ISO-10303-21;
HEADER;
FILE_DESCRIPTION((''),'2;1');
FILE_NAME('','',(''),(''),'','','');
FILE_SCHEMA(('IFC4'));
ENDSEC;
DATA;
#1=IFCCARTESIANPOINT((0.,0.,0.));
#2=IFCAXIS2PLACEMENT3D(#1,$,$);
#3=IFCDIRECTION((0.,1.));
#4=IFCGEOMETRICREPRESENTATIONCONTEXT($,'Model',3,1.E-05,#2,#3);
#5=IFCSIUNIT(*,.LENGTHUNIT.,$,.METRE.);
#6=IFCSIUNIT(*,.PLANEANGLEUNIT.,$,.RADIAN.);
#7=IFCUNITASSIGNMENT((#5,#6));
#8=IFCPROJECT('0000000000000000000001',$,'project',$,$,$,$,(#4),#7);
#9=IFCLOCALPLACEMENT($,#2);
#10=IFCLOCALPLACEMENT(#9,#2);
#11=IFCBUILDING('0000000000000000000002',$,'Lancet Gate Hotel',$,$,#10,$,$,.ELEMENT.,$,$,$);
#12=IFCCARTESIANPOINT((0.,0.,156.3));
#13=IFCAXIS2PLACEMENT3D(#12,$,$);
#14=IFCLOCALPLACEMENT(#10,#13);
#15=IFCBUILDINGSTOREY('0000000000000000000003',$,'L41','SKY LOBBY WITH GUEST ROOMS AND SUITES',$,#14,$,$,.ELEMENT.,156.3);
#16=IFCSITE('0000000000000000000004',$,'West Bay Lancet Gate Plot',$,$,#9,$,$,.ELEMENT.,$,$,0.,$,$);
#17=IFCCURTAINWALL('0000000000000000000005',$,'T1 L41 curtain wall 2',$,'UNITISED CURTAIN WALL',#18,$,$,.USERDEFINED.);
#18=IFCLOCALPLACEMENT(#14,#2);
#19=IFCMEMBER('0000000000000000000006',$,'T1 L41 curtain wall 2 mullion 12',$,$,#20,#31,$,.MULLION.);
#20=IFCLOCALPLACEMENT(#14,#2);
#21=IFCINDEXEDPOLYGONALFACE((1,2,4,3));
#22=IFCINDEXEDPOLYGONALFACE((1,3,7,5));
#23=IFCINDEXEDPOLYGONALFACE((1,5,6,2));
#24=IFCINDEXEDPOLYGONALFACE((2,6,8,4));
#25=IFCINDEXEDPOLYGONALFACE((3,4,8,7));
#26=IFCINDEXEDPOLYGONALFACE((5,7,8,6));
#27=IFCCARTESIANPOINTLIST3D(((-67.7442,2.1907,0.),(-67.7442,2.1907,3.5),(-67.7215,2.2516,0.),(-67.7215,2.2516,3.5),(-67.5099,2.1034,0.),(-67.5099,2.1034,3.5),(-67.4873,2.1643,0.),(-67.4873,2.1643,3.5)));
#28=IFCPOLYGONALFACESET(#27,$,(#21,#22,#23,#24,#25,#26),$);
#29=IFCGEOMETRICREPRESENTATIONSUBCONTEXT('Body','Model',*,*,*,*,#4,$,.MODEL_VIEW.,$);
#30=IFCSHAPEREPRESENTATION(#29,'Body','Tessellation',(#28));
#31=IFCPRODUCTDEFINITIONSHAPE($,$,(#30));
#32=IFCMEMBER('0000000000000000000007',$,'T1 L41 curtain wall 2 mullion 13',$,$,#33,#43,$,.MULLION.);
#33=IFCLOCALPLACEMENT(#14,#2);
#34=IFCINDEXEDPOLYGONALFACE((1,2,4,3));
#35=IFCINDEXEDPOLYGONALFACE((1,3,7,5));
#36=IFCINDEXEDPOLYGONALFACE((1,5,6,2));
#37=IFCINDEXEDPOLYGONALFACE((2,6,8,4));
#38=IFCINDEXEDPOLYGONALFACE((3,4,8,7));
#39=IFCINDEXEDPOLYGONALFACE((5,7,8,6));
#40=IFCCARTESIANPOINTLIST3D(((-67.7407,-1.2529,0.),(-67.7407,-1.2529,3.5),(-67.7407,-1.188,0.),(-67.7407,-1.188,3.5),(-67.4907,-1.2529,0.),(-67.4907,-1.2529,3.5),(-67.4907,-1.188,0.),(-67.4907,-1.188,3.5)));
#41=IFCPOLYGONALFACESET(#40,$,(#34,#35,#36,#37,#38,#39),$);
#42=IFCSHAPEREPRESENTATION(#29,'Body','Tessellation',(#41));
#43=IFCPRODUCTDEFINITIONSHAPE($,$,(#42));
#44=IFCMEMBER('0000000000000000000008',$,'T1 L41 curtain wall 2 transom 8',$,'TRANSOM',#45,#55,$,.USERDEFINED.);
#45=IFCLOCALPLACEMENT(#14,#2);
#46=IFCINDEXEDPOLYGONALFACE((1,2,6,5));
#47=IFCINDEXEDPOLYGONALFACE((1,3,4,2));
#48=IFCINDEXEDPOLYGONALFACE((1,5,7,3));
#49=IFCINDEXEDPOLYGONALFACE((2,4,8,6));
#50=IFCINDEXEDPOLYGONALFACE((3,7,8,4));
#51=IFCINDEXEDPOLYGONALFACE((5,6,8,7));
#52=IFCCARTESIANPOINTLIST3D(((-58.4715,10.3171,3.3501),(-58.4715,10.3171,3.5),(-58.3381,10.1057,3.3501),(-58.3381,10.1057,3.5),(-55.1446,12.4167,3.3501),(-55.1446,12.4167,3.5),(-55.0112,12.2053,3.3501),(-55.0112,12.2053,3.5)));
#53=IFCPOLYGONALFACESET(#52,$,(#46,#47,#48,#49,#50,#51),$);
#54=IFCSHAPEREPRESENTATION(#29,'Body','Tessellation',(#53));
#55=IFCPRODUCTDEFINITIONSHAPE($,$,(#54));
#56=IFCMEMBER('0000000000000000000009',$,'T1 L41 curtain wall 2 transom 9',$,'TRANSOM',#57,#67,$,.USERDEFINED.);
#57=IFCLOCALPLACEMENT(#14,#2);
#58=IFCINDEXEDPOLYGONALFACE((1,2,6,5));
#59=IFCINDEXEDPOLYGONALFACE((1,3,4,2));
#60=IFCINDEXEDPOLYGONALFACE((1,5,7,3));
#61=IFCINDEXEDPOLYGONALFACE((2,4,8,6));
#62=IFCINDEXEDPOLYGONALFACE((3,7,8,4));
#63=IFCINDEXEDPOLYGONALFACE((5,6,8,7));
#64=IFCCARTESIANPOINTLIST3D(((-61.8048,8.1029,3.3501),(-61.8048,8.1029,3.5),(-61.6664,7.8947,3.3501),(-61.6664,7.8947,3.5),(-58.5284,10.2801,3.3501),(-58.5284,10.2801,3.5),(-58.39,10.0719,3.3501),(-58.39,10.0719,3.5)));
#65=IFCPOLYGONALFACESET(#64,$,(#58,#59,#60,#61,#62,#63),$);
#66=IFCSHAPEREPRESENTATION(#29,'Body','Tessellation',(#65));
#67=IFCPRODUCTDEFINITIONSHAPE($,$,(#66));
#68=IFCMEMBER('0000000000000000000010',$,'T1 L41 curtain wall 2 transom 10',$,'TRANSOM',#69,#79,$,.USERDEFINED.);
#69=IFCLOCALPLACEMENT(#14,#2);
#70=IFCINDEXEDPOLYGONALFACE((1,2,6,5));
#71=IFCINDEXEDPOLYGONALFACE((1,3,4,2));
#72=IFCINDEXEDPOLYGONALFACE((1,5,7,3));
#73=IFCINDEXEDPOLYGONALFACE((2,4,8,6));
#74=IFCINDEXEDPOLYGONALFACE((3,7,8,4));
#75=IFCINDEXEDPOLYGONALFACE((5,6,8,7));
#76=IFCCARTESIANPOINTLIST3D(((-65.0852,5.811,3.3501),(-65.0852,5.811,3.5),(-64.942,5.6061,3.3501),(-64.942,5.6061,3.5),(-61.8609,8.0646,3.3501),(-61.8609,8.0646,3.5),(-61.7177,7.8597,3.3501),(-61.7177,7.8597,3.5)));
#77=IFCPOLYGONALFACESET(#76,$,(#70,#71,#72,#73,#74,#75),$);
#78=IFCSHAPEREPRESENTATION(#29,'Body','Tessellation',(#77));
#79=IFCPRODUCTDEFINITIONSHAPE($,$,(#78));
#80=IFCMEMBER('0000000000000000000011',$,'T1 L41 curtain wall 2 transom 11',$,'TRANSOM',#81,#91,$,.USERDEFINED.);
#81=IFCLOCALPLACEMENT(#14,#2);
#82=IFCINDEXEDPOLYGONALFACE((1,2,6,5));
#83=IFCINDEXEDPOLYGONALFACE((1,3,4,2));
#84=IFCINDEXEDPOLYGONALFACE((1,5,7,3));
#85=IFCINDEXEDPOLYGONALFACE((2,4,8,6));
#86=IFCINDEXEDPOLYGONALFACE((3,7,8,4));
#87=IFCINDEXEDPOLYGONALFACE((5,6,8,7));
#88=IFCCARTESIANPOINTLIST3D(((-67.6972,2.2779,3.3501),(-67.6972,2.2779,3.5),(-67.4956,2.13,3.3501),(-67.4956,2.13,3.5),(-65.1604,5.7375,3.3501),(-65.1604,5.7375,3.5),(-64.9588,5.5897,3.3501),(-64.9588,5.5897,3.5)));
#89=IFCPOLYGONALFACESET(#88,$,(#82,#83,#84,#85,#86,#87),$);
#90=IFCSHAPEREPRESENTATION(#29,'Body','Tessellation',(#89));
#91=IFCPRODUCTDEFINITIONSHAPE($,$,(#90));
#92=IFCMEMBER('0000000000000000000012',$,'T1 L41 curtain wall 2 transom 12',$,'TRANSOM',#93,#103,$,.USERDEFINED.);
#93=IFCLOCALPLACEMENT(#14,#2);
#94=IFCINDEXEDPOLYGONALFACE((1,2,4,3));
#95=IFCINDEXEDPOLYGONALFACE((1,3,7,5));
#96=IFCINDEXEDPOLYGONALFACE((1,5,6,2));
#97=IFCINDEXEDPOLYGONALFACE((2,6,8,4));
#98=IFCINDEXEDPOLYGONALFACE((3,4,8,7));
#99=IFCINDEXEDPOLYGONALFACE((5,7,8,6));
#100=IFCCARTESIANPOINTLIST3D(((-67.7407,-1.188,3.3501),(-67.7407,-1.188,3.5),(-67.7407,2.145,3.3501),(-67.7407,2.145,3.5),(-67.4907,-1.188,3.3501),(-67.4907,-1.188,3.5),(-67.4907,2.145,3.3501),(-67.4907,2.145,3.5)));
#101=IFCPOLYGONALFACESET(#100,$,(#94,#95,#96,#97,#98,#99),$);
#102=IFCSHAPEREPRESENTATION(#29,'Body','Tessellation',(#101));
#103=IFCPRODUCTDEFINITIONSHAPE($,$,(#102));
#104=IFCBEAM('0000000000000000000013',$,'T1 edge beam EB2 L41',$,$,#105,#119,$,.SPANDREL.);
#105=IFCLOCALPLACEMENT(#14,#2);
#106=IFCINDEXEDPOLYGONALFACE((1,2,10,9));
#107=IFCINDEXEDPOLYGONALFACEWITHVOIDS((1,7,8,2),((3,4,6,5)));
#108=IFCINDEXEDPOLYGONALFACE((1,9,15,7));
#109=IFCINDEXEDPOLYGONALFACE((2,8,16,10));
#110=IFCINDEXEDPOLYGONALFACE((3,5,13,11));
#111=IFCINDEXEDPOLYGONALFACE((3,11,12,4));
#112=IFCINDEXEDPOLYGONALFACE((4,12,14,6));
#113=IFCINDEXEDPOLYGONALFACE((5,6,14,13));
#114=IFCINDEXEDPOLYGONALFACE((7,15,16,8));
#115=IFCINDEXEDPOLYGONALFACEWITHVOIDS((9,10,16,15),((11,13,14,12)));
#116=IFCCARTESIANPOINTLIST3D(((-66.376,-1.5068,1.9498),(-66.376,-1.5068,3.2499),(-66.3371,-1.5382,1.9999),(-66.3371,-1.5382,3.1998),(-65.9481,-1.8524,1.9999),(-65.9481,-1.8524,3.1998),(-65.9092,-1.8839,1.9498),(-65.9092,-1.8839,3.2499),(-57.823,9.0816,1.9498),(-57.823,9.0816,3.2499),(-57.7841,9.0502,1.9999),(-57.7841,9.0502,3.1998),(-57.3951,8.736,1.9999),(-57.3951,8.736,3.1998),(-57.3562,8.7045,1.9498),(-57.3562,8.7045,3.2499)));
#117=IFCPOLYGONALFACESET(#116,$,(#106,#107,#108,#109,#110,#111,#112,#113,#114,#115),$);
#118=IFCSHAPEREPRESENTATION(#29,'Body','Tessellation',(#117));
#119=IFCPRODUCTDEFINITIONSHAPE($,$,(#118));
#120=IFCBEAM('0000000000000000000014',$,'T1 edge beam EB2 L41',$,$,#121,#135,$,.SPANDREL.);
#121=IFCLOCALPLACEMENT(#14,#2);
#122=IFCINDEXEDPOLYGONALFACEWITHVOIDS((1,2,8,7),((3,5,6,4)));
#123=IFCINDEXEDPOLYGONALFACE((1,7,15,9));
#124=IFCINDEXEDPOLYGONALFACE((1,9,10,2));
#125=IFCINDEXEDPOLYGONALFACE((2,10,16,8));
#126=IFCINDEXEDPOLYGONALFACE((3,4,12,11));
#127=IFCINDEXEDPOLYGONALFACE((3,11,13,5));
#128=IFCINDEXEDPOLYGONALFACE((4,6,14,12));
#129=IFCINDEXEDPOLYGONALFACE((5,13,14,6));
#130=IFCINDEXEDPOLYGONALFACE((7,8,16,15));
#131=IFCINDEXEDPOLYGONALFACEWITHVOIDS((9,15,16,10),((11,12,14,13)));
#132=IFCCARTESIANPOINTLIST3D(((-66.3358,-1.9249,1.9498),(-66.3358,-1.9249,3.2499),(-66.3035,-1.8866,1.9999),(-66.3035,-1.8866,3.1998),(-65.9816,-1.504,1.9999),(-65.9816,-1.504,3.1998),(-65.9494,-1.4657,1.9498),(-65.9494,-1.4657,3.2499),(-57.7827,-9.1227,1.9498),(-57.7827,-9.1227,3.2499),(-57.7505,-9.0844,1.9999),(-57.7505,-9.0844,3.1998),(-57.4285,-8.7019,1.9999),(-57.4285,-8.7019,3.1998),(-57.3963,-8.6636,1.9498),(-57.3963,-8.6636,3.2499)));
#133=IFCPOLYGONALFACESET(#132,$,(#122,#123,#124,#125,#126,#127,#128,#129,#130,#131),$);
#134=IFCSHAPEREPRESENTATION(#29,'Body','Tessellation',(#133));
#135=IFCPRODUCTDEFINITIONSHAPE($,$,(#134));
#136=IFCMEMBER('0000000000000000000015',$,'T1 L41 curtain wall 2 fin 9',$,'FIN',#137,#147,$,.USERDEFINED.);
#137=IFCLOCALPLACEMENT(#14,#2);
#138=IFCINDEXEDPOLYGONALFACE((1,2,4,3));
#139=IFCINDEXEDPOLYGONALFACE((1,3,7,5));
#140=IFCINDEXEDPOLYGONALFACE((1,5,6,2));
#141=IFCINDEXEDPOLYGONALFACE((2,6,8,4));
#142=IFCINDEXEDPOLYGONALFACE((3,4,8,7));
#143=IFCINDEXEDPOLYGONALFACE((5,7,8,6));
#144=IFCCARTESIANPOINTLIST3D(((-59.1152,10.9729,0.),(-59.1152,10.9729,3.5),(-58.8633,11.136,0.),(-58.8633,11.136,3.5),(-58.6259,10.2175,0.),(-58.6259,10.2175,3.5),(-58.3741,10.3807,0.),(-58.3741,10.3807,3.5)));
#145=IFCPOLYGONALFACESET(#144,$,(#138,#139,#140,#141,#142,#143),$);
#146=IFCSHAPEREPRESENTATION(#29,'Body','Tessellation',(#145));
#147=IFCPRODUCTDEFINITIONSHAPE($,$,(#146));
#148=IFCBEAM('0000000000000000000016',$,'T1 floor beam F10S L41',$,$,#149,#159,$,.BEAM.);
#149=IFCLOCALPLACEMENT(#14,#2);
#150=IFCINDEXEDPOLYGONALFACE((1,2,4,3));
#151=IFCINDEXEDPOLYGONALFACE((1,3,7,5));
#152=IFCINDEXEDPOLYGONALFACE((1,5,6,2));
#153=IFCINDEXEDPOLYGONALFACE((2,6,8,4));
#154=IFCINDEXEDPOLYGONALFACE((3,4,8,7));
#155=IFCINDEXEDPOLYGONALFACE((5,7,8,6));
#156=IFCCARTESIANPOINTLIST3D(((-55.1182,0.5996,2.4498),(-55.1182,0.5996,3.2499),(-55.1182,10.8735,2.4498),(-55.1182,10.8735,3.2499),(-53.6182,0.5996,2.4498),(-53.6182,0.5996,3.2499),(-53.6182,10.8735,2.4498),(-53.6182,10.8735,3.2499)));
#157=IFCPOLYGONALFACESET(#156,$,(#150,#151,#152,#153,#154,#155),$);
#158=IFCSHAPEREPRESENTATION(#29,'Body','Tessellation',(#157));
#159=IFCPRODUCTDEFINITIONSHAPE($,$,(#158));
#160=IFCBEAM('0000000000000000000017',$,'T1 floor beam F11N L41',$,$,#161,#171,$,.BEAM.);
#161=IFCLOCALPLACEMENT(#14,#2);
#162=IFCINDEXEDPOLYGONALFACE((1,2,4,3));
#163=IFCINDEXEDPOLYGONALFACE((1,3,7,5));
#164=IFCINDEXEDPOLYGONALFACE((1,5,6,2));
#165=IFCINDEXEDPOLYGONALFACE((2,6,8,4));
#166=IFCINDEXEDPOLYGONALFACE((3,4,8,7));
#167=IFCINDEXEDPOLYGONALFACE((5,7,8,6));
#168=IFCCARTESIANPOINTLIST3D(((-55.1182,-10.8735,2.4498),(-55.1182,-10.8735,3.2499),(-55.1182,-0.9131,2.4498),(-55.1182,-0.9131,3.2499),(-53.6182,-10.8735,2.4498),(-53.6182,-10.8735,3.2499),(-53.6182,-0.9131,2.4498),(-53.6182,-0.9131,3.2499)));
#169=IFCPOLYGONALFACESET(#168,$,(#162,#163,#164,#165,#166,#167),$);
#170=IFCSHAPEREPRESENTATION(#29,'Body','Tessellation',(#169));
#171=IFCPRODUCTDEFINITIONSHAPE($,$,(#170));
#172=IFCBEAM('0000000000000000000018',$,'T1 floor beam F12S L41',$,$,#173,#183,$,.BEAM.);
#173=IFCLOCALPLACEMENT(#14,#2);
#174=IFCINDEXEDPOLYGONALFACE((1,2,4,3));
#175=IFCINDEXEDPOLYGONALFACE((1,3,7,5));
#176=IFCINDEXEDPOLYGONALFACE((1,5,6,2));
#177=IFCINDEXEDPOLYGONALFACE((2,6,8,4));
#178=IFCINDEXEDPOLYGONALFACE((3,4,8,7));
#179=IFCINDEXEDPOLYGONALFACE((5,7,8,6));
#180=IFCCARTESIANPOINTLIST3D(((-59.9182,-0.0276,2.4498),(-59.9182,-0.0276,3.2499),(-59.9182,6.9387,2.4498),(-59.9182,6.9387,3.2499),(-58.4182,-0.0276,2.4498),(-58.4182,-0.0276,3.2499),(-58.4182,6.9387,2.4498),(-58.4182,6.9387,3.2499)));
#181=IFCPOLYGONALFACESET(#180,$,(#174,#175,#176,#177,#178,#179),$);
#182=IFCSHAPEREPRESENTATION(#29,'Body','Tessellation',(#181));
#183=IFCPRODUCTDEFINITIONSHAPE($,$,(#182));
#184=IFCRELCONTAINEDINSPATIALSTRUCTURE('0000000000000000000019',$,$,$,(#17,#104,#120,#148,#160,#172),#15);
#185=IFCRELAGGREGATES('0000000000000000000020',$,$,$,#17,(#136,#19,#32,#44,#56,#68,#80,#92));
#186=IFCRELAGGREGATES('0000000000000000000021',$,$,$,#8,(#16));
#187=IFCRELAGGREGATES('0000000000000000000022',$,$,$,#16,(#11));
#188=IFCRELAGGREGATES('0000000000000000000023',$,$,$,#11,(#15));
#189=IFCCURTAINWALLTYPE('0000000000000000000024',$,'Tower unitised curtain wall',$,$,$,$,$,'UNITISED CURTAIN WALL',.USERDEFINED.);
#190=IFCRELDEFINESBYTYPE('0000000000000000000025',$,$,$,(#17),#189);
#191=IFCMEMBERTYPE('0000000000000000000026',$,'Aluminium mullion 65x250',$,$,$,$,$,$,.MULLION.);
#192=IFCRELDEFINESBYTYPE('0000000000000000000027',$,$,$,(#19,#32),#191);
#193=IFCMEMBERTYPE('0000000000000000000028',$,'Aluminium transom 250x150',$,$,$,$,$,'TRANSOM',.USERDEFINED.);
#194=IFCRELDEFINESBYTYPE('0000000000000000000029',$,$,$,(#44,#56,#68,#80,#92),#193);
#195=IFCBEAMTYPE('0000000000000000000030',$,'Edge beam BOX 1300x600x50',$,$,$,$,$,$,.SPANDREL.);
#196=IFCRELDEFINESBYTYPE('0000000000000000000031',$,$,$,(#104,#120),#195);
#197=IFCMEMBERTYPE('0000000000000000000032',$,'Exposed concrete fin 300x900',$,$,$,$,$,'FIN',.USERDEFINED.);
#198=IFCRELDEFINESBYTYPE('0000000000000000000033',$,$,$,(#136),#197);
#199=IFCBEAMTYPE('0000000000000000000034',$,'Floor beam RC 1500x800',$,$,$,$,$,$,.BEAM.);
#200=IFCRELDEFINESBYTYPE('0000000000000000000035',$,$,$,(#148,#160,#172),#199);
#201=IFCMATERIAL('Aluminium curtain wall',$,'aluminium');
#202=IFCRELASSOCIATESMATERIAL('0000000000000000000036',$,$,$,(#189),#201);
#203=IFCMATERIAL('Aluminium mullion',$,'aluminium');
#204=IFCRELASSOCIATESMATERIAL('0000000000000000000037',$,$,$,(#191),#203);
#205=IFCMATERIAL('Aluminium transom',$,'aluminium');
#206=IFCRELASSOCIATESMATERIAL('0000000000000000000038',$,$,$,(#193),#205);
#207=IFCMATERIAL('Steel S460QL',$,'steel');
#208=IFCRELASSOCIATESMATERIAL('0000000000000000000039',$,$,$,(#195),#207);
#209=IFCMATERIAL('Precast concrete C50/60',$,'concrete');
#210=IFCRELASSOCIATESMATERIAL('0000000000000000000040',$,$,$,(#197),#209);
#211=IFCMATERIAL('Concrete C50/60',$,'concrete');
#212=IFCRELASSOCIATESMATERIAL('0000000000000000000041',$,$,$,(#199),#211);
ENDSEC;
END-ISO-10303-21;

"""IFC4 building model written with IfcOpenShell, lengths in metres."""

from ifc_helpers import new_model, si_unit, direction, frame, origin, origin_2d, place, context, subcontext, project, spatial, rectangle, hollow_rectangle, extrude, material, material_profile, profile_set, type_object, element, aggregate, save


model = new_model("IFC4")

# Units and contexts
model_context = context("Model", 3, precision=1e-05, world=origin(), true_north=direction((0.0, 1.0)))
body_context = subcontext(model_context, "Body", "Model", "MODEL_VIEW")
ifc_project = project(units=[si_unit("LENGTHUNIT", "METRE"), si_unit("PLANEANGLEUNIT", "RADIAN")], contexts=[model_context])

# Site, building, storey
site_placement = place(None, origin())
site = spatial("IfcSite", under=ifc_project, at=site_placement, Name="West Bay Lancet Gate Plot", CompositionType="ELEMENT", RefElevation=0.0)
building_placement = place(site_placement, origin())
building = spatial("IfcBuilding", under=site, at=building_placement, Name="Lancet Gate Hotel", CompositionType="ELEMENT")
storey_placement = place(building_placement, frame((0.0, 0.0, 156.3)))
storey = spatial("IfcBuildingStorey", under=building, at=storey_placement, Name="L41", Description="SKY LOBBY WITH GUEST ROOMS AND SUITES", CompositionType="ELEMENT", Elevation=156.3)

# Curtain wall, members
ifc_material_1 = material(Name="Aluminium curtain wall", Category="aluminium")
curtain_wall_type = type_object("IfcCurtainWallType", Name="Tower unitised curtain wall", ElementType="UNITISED CURTAIN WALL", PredefinedType="USERDEFINED", material=ifc_material_1)
curtain_wall_placement = place(storey_placement, origin())
curtain_wall = element("IfcCurtainWall", 1, at=curtain_wall_placement, inside=storey, type_object=curtain_wall_type, Name="T1 L41 curtain wall 2", ObjectType="UNITISED CURTAIN WALL", PredefinedType="USERDEFINED")
ifc_material_2 = material(Name="Aluminium mullion", Category="aluminium")
ifc_material_profile_1 = material_profile(ifc_material_2, rectangle(XDim=0.0649, YDim=0.25, at=origin_2d()), Name="MULLION 65x250")
ifc_profile_set_1 = profile_set([ifc_material_profile_1], Name="Aluminium mullion")
member_type_1 = type_object("IfcMemberType", Name="Aluminium mullion 65x250", PredefinedType="MULLION", material=ifc_profile_set_1)
member_1_placement = place(storey_placement, frame((-67.6157, 2.1775, 0.0), z_axis=(0.0, 0.0, 1.0), x_axis=(-0.349199, -0.937048, 0.0)))
member_1 = element("IfcMember", 2, at=member_1_placement, type_object=member_type_1, Name="T1 L41 curtain wall 2 mullion 12", PredefinedType="MULLION", context=body_context, shape_type="SweptSolid", body=[
    extrude(rectangle(XDim=0.0649, YDim=0.25, at=origin_2d()), origin(), (0.0, 0.0, 1.0), 3.5),
])
member_2_placement = place(storey_placement, frame((-67.6157, -1.2205, 0.0), z_axis=(0.0, 0.0, 1.0), x_axis=(0.0, -1.0, 0.0)))
member_2 = element("IfcMember", 3, at=member_2_placement, type_object=member_type_1, Name="T1 L41 curtain wall 2 mullion 13", PredefinedType="MULLION", context=body_context, shape_type="SweptSolid", body=[
    extrude(rectangle(XDim=0.0649, YDim=0.25, at=origin_2d()), origin(), (0.0, 0.0, 1.0), 3.5),
])
ifc_material_3 = material(Name="Aluminium transom", Category="aluminium")
ifc_material_profile_2 = material_profile(ifc_material_3, rectangle(XDim=0.25, YDim=0.1499, at=origin_2d()), Name="TRANSOM 250x150")
ifc_profile_set_2 = profile_set([ifc_material_profile_2], Name="Aluminium transom")
member_type_2 = type_object("IfcMemberType", Name="Aluminium transom 250x150", ElementType="TRANSOM", PredefinedType="USERDEFINED", material=ifc_profile_set_2)
member_3_placement = place(storey_placement, frame((-55.0779, 12.311, 3.425), z_axis=(-0.845672, -0.533703, 0.0), x_axis=(0.533703, -0.845672, 0.0)))
member_3 = element("IfcMember", 4, at=member_3_placement, type_object=member_type_2, Name="T1 L41 curtain wall 2 transom 8", ObjectType="TRANSOM", PredefinedType="USERDEFINED", context=body_context, shape_type="SweptSolid", body=[
    extrude(rectangle(XDim=0.25, YDim=0.1499, at=origin_2d()), origin(), (0.0, 0.0, 1.0), 3.9341),
])
member_4_placement = place(storey_placement, frame((-58.4592, 10.176, 3.425), z_axis=(-0.832871, -0.553468, 0.0), x_axis=(0.553468, -0.832871, 0.0)))
member_4 = element("IfcMember", 5, at=member_4_placement, type_object=member_type_2, Name="T1 L41 curtain wall 2 transom 9", ObjectType="TRANSOM", PredefinedType="USERDEFINED", context=body_context, shape_type="SweptSolid", body=[
    extrude(rectangle(XDim=0.25, YDim=0.1499, at=origin_2d()), origin(), (0.0, 0.0, 1.0), 3.9338),
])
member_5_placement = place(storey_placement, frame((-61.7893, 7.9622, 3.425), z_axis=(-0.819637, -0.572883, 0.0), x_axis=(0.572883, -0.819637, 0.0)))
member_5 = element("IfcMember", 6, at=member_5_placement, type_object=member_type_2, Name="T1 L41 curtain wall 2 transom 10", ObjectType="TRANSOM", PredefinedType="USERDEFINED", context=body_context, shape_type="SweptSolid", body=[
    extrude(rectangle(XDim=0.25, YDim=0.1499, at=origin_2d()), origin(), (0.0, 0.0, 1.0), 3.9338),
])
member_6_placement = place(storey_placement, frame((-65.0596, 5.6636, 3.425), z_axis=(-0.591324, -0.806434, 0.0), x_axis=(0.806434, -0.591324, 0.0)))
member_6 = element("IfcMember", 7, at=member_6_placement, type_object=member_type_2, Name="T1 L41 curtain wall 2 transom 11", ObjectType="TRANSOM", PredefinedType="USERDEFINED", context=body_context, shape_type="SweptSolid", body=[
    extrude(rectangle(XDim=0.25, YDim=0.1499, at=origin_2d()), origin(), (0.0, 0.0, 1.0), 4.29),
])
member_7_placement = place(storey_placement, frame((-67.6157, 2.145, 3.425), z_axis=(0.0, -1.0, 0.0), x_axis=(1.0, 0.0, 0.0)))
member_7 = element("IfcMember", 8, at=member_7_placement, type_object=member_type_2, Name="T1 L41 curtain wall 2 transom 12", ObjectType="TRANSOM", PredefinedType="USERDEFINED", context=body_context, shape_type="SweptSolid", body=[
    extrude(rectangle(XDim=0.25, YDim=0.1499, at=origin_2d()), origin(), (0.0, 0.0, 1.0), 3.333),
])

# Beams
ifc_material_4 = material(Name="Steel S460QL", Category="steel")
ifc_material_profile_3 = material_profile(ifc_material_4, hollow_rectangle(XDim=0.6001, YDim=1.3, WallThickness=0.05, at=origin_2d()), Name="BOX 1300x600x50")
ifc_profile_set_3 = profile_set([ifc_material_profile_3], Name="Steel S460QL")
beam_type_1 = type_object("IfcBeamType", Name="Edge beam BOX 1300x600x50", PredefinedType="SPANDREL", material=ifc_profile_set_3)
beam_1_placement = place(storey_placement, frame((-57.5896, 8.8931, 2.5999), z_axis=(-0.628374, -0.777912, 0.0), x_axis=(0.777912, -0.628374, 0.0)))
element("IfcBeam", 9, at=beam_1_placement, inside=storey, type_object=beam_type_1, Name="T1 edge beam EB2 L41", PredefinedType="SPANDREL", context=body_context, shape_type="SweptSolid", body=[
    extrude(hollow_rectangle(XDim=0.6001, YDim=1.3, WallThickness=0.05, at=origin_2d()), origin(), (0.0, 0.0, 1.0), 13.6113),
])
beam_2_placement = place(storey_placement, frame((-66.1426, -1.6953, 2.5999), z_axis=(0.765121, -0.643887, 0.0), x_axis=(0.643887, 0.765121, 0.0)))
element("IfcBeam", 10, at=beam_2_placement, inside=storey, type_object=beam_type_1, Name="T1 edge beam EB2 L41", PredefinedType="SPANDREL", context=body_context, shape_type="SweptSolid", body=[
    extrude(hollow_rectangle(XDim=0.6001, YDim=1.3, WallThickness=0.05, at=origin_2d()), origin(), (0.0, 0.0, 1.0), 11.1787),
])

# Member
ifc_material_5 = material(Name="Precast concrete C50/60", Category="concrete")
ifc_material_profile_4 = material_profile(ifc_material_5, rectangle(XDim=0.3, YDim=0.8999, at=origin_2d()), Name="FIN 300x900")
ifc_profile_set_4 = profile_set([ifc_material_profile_4], Name="Precast concrete C50/60")
member_type_3 = type_object("IfcMemberType", Name="Exposed concrete fin 300x900", ElementType="FIN", PredefinedType="USERDEFINED", material=ifc_profile_set_4)
member_8_placement = place(storey_placement, frame((-58.7446, 10.6768, 0.0), z_axis=(0.0, 0.0, 1.0), x_axis=(-0.839331, -0.543621, 0.0)))
member_8 = element("IfcMember", 11, at=member_8_placement, type_object=member_type_3, Name="T1 L41 curtain wall 2 fin 9", ObjectType="FIN", PredefinedType="USERDEFINED", context=body_context, shape_type="SweptSolid", body=[
    extrude(rectangle(XDim=0.3, YDim=0.8999, at=origin_2d()), origin(), (0.0, 0.0, 1.0), 3.5),
])

# Beams
ifc_material_6 = material(Name="Concrete C50/60", Category="concrete")
ifc_material_profile_5 = material_profile(ifc_material_6, rectangle(XDim=1.5, YDim=0.8, at=origin_2d()), Name="RC 1500x800")
ifc_profile_set_5 = profile_set([ifc_material_profile_5], Name="Concrete C50/60")
beam_type_2 = type_object("IfcBeamType", Name="Floor beam RC 1500x800", PredefinedType="BEAM", material=ifc_profile_set_5)
beam_3_placement = place(storey_placement, frame((-54.3682, 10.8735, 2.8499), z_axis=(0.0, -1.0, 0.0), x_axis=(1.0, 0.0, 0.0)))
element("IfcBeam", 12, at=beam_3_placement, inside=storey, type_object=beam_type_2, Name="T1 floor beam F10S L41", PredefinedType="BEAM", context=body_context, shape_type="SweptSolid", body=[
    extrude(rectangle(XDim=1.5, YDim=0.8, at=origin_2d()), origin(), (0.0, 0.0, 1.0), 10.2739),
])
beam_4_placement = place(storey_placement, frame((-54.3682, -0.9131, 2.8499), z_axis=(0.0, -1.0, 0.0), x_axis=(1.0, 0.0, 0.0)))
element("IfcBeam", 13, at=beam_4_placement, inside=storey, type_object=beam_type_2, Name="T1 floor beam F11N L41", PredefinedType="BEAM", context=body_context, shape_type="SweptSolid", body=[
    extrude(rectangle(XDim=1.5, YDim=0.8, at=origin_2d()), origin(), (0.0, 0.0, 1.0), 9.9604),
])
beam_5_placement = place(storey_placement, frame((-59.1682, 6.9387, 2.8499), z_axis=(0.0, -1.0, 0.0), x_axis=(1.0, 0.0, 0.0)))
element("IfcBeam", 14, at=beam_5_placement, inside=storey, type_object=beam_type_2, Name="T1 floor beam F12S L41", PredefinedType="BEAM", context=body_context, shape_type="SweptSolid", body=[
    extrude(rectangle(XDim=1.5, YDim=0.8, at=origin_2d()), origin(), (0.0, 0.0, 1.0), 6.9663),
])

aggregate(curtain_wall, [member_8, member_1, member_2, member_3, member_4, member_5, member_6, member_7])

save(model, "model.ifc")
